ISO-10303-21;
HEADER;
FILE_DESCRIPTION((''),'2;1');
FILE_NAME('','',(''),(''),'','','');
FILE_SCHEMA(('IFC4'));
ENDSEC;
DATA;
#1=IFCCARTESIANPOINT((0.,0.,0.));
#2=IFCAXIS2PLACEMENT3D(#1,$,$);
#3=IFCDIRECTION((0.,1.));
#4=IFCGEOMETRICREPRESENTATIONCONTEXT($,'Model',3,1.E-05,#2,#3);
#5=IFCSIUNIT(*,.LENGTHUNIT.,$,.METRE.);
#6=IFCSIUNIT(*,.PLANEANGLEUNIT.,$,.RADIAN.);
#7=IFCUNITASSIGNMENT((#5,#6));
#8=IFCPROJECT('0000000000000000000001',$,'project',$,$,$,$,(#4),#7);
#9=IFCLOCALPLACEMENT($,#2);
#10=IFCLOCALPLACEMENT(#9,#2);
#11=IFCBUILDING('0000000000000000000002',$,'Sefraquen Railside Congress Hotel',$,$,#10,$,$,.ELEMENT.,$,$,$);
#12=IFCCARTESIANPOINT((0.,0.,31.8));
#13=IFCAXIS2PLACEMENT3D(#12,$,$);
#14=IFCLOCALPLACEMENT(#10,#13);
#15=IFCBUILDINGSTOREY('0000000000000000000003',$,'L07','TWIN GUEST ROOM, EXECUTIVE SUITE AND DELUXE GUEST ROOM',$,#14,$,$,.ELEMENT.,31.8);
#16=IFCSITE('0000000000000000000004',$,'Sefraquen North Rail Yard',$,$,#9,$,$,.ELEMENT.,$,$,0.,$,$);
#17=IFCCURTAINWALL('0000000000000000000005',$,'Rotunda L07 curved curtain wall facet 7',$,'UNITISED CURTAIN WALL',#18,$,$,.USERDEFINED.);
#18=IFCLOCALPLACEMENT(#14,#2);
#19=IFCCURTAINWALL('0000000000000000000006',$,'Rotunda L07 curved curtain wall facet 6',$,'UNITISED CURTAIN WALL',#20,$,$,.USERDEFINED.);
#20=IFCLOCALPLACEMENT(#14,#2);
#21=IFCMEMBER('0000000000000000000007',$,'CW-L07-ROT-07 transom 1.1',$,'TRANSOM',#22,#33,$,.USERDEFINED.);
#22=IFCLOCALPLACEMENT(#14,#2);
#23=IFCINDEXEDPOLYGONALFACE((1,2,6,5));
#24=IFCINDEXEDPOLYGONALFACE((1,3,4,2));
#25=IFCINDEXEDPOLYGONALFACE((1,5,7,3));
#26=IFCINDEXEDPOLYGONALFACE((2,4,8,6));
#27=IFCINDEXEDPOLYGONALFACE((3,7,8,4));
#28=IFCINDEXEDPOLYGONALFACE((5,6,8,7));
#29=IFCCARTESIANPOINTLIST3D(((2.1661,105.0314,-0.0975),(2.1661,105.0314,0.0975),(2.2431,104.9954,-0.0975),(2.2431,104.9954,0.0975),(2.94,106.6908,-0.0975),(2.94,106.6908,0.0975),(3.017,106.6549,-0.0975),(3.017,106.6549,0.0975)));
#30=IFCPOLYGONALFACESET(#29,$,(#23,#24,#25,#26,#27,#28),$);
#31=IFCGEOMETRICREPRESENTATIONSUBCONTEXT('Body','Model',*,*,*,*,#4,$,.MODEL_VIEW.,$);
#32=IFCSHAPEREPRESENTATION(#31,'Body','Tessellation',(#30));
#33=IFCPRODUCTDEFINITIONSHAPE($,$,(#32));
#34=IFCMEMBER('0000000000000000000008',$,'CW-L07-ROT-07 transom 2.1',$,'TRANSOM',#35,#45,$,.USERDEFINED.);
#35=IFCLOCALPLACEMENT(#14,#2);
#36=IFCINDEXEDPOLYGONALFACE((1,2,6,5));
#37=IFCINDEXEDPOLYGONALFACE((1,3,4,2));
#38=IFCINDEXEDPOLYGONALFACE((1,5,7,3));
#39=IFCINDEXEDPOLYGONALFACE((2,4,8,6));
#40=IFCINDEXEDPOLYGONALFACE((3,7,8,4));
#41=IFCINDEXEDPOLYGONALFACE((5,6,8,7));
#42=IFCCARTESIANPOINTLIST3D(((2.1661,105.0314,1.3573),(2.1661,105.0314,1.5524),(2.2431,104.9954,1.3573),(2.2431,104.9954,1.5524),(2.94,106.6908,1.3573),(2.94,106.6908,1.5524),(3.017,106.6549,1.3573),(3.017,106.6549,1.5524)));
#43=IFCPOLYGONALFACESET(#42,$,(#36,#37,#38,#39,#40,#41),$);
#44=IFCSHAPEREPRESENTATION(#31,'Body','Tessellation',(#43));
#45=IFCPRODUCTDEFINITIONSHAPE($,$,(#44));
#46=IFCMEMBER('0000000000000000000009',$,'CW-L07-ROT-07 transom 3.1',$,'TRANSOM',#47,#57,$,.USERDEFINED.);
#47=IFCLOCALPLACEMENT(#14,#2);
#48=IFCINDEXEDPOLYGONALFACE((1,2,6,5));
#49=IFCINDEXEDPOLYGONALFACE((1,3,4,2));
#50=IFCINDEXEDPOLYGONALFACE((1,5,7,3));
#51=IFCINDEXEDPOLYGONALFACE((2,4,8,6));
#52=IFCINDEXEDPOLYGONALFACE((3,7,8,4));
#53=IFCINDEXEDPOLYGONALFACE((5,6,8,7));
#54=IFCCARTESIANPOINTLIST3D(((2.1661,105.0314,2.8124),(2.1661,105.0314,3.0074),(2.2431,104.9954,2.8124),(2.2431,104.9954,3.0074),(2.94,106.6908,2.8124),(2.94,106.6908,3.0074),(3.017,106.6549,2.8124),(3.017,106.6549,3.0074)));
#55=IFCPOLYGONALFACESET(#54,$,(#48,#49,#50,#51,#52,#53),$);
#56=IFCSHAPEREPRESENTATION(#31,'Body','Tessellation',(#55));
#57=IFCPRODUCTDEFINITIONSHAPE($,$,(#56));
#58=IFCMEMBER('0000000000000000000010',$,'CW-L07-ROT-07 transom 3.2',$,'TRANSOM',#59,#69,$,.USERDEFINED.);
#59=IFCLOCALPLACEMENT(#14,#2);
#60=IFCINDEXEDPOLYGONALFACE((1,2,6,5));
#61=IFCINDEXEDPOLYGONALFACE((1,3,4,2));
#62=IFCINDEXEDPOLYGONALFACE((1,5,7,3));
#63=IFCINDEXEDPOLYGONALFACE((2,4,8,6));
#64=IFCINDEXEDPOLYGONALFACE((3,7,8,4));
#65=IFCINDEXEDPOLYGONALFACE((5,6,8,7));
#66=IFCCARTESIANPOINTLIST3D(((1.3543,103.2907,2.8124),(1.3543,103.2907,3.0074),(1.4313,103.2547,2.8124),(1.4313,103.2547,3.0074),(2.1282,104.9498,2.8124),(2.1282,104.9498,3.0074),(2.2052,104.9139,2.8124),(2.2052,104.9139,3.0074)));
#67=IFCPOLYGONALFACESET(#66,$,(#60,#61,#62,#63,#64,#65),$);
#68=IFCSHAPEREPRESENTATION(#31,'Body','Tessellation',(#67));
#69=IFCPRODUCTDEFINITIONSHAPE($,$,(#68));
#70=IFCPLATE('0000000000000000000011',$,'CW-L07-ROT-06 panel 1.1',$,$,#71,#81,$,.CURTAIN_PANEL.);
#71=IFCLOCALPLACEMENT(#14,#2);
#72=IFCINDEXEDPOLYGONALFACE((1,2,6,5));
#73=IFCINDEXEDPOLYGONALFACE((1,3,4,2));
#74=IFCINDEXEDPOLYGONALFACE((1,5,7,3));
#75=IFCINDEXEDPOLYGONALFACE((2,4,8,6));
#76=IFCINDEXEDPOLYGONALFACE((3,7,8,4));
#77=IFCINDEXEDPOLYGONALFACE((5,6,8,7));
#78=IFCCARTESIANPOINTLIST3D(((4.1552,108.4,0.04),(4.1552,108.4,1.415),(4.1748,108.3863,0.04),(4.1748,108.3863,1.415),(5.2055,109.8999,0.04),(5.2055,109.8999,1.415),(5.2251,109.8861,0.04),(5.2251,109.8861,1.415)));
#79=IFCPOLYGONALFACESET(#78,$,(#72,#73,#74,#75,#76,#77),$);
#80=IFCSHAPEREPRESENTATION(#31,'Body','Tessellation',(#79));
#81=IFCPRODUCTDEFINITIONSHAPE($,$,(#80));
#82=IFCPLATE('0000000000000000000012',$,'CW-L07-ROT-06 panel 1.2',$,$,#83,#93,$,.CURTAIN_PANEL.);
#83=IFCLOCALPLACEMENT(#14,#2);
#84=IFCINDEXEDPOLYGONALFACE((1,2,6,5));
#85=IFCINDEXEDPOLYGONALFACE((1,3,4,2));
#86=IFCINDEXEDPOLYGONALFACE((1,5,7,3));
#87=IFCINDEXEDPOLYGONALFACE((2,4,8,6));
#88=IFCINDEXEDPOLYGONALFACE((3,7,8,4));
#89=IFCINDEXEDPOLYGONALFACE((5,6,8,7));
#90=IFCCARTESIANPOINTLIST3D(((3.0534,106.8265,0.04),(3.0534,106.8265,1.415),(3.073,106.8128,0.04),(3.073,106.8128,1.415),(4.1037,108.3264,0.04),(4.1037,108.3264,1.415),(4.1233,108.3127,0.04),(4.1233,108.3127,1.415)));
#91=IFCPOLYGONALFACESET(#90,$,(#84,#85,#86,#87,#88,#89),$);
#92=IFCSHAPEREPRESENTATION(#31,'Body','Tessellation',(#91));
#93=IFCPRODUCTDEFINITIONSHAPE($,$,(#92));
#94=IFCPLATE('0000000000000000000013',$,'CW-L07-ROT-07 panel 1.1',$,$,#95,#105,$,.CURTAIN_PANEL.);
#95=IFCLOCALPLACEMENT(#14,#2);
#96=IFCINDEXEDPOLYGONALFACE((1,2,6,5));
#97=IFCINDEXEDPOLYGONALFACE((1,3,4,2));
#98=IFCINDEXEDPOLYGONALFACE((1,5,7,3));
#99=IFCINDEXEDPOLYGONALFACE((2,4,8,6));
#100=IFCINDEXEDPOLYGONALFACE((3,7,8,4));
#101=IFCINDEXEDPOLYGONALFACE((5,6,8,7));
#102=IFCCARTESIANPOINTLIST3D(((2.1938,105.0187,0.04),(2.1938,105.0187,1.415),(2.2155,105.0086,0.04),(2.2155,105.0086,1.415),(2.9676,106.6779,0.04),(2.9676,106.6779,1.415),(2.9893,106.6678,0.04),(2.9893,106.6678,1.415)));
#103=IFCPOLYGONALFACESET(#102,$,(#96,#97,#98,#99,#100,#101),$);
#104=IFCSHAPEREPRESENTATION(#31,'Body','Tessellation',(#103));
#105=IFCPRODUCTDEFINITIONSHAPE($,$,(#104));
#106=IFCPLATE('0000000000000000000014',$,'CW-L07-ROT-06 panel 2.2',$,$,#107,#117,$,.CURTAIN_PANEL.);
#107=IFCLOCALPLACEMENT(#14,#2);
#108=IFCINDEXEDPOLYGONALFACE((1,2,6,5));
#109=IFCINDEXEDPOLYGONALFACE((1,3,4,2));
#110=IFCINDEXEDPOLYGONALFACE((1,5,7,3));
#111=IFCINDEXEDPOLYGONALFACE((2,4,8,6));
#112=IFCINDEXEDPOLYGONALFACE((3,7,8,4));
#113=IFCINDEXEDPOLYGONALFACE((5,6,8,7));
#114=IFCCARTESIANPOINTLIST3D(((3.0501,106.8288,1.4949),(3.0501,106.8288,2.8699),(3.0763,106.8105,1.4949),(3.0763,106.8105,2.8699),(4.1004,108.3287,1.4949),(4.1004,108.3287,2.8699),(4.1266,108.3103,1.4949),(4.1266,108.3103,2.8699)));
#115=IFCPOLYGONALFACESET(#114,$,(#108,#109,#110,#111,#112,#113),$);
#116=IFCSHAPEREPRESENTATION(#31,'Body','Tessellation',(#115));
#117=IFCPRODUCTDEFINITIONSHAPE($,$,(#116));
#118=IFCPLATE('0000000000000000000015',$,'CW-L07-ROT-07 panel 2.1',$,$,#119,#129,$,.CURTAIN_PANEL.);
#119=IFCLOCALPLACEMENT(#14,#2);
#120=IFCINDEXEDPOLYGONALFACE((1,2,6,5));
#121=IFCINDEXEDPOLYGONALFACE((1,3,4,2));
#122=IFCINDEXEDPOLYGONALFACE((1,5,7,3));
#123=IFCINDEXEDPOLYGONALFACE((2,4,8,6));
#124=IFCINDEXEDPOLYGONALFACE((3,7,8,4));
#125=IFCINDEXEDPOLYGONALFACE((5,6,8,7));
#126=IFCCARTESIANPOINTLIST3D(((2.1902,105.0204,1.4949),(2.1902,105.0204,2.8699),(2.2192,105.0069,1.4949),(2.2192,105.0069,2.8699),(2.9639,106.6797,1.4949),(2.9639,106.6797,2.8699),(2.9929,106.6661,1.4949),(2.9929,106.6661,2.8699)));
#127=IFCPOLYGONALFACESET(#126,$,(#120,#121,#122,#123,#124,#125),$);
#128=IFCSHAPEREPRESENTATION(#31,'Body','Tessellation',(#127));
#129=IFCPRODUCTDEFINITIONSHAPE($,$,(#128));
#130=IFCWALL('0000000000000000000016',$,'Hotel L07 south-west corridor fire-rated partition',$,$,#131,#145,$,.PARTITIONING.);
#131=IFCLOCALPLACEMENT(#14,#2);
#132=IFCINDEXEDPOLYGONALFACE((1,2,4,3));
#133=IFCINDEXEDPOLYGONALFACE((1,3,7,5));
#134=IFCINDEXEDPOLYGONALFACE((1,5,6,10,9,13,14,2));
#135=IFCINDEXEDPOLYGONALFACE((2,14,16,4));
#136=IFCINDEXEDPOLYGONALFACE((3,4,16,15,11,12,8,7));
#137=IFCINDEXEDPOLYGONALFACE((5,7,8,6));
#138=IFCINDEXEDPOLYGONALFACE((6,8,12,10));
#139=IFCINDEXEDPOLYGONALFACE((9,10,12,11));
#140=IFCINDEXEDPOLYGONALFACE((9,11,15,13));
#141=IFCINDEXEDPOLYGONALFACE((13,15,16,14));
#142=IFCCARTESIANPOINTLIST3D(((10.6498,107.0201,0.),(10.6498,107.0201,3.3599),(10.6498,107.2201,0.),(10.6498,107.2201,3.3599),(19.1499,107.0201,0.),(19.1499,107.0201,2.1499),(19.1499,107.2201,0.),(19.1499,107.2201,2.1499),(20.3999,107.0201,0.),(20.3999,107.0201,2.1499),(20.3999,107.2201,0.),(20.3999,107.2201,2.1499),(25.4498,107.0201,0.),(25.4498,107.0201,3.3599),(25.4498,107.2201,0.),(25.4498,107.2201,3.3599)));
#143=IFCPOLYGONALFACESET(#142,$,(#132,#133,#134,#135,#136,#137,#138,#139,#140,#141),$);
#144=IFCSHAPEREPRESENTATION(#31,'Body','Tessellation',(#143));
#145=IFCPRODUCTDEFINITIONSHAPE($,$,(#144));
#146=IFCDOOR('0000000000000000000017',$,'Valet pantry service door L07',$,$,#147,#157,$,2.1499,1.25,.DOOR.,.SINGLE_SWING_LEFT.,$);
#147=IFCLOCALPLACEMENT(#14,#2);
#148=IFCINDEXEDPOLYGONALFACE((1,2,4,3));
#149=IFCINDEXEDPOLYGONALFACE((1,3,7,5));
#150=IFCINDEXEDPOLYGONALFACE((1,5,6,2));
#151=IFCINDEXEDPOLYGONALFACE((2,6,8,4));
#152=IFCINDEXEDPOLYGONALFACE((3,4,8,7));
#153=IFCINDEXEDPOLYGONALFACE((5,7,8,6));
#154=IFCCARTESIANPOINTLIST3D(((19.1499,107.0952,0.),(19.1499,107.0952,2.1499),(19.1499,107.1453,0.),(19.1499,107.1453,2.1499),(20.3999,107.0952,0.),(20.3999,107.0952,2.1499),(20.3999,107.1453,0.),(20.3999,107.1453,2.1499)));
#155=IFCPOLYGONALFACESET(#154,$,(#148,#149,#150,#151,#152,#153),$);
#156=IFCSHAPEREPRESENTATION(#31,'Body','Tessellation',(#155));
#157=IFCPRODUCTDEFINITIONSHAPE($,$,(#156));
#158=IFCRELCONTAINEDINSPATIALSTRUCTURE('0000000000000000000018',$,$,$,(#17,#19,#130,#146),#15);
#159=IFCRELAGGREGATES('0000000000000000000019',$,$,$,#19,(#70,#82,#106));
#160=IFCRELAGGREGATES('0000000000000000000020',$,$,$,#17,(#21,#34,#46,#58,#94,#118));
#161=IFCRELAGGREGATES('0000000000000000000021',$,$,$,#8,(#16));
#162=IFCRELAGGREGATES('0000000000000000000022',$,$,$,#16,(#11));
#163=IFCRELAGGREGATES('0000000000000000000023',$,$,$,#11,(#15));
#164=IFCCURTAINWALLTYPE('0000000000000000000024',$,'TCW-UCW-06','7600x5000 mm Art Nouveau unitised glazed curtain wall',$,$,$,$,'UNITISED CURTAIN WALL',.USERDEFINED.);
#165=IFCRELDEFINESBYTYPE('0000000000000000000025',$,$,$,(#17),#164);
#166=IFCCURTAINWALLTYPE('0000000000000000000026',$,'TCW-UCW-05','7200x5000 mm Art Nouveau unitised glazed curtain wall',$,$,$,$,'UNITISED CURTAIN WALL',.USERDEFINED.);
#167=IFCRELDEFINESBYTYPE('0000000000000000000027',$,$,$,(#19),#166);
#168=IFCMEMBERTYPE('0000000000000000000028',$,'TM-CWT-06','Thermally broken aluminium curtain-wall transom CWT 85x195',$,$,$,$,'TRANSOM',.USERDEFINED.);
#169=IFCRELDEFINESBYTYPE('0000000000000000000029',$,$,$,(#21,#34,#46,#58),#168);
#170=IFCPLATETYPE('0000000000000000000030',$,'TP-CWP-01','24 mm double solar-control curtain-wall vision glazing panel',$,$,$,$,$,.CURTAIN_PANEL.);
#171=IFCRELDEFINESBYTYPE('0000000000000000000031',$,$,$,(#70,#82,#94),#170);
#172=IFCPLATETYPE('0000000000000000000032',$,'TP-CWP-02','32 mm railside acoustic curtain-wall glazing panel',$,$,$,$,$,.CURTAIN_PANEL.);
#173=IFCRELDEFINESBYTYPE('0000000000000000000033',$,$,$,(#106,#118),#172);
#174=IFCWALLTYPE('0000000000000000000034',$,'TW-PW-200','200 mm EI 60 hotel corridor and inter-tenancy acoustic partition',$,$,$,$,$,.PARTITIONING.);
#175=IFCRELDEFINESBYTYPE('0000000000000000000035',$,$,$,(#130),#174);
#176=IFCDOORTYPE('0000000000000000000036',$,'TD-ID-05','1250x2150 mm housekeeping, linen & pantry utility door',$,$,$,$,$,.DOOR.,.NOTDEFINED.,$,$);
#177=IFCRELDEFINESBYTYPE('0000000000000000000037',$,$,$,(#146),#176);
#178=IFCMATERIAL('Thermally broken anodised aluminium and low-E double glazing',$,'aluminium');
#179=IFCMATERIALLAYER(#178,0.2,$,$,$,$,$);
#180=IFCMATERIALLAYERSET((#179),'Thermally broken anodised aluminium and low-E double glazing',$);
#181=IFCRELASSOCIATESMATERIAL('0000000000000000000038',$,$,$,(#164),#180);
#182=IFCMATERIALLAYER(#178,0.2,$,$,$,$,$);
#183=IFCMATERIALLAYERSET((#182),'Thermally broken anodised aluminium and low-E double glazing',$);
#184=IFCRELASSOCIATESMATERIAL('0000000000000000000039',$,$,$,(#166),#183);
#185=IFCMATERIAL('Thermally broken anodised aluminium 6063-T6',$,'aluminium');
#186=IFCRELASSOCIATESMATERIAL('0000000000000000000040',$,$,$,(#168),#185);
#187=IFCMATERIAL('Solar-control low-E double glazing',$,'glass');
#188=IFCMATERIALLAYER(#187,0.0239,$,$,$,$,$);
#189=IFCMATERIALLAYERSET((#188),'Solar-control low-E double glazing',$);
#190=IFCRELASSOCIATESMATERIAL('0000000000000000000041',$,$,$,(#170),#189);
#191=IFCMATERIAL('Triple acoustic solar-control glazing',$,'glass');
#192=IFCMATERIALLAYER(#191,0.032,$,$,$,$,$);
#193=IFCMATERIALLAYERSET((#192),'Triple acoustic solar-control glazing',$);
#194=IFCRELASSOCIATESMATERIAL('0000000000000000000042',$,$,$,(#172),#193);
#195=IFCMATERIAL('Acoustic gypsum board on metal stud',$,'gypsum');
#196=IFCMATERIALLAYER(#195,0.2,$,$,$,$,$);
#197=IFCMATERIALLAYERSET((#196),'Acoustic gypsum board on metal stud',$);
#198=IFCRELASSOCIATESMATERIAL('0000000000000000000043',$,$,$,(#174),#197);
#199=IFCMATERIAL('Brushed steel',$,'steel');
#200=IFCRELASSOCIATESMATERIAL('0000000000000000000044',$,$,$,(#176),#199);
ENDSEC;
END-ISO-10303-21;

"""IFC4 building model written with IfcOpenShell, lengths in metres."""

from ifc_helpers import new_model, si_unit, direction, frame, frame_2d, origin, origin_2d, place, context, subcontext, project, spatial, rectangle, extrude, material, layer, layer_set, material_profile, profile_set, type_object, element, fill, aggregate, save


model = new_model("IFC4")

# Units and contexts
model_context = context("Model", 3, precision=1e-05, world=origin(), true_north=direction((0.0, 1.0)))
body_context = subcontext(model_context, "Body", "Model", "MODEL_VIEW")
ifc_project = project(units=[si_unit("LENGTHUNIT", "METRE"), si_unit("PLANEANGLEUNIT", "RADIAN")], contexts=[model_context])

# Site, building, storey
site_placement = place(None, origin())
site = spatial("IfcSite", under=ifc_project, at=site_placement, Name="Sefraquen North Rail Yard", CompositionType="ELEMENT", RefElevation=0.0)
building_placement = place(site_placement, origin())
building = spatial("IfcBuilding", under=site, at=building_placement, Name="Sefraquen Railside Congress Hotel", CompositionType="ELEMENT")
storey_placement = place(building_placement, frame((0.0, 0.0, 31.8)))
storey = spatial("IfcBuildingStorey", under=building, at=storey_placement, Name="L07", Description="TWIN GUEST ROOM, EXECUTIVE SUITE AND DELUXE GUEST ROOM", CompositionType="ELEMENT", Elevation=31.8)

# Curtain wall
ifc_material_1 = material(Name="Thermally broken anodised aluminium and low-E double glazing", Category="aluminium")
ifc_layer_1 = layer(ifc_material_1, 0.2)
ifc_layer_set_1 = layer_set([ifc_layer_1], Name="Thermally broken anodised aluminium and low-E double glazing")
curtain_wall_type_1 = type_object("IfcCurtainWallType", Name="TCW-UCW-06", Description="7600x5000 mm Art Nouveau unitised glazed curtain wall", ElementType="UNITISED CURTAIN WALL", PredefinedType="USERDEFINED", material=ifc_layer_set_1)
curtain_wall_1_placement = place(storey_placement, origin())
curtain_wall_1 = element("IfcCurtainWall", 1, at=curtain_wall_1_placement, inside=storey, type_object=curtain_wall_type_1, Name="Rotunda L07 curved curtain wall facet 7", ObjectType="UNITISED CURTAIN WALL", PredefinedType="USERDEFINED")
ifc_material_2 = material(Name="Thermally broken anodised aluminium 6063-T6", Category="aluminium")

# Curtain wall
ifc_layer_2 = layer(ifc_material_1, 0.2)
ifc_layer_set_2 = layer_set([ifc_layer_2], Name="Thermally broken anodised aluminium and low-E double glazing")
curtain_wall_type_2 = type_object("IfcCurtainWallType", Name="TCW-UCW-05", Description="7200x5000 mm Art Nouveau unitised glazed curtain wall", ElementType="UNITISED CURTAIN WALL", PredefinedType="USERDEFINED", material=ifc_layer_set_2)
curtain_wall_2_placement = place(storey_placement, origin())
curtain_wall_2 = element("IfcCurtainWall", 2, at=curtain_wall_2_placement, inside=storey, type_object=curtain_wall_type_2, Name="Rotunda L07 curved curtain wall facet 6", ObjectType="UNITISED CURTAIN WALL", PredefinedType="USERDEFINED")

# Members
ifc_material_profile_1 = material_profile(ifc_material_2, rectangle(XDim=0.085, YDim=0.1951, at=origin_2d()), Name="CWT 85x195")
ifc_profile_set_1 = profile_set([ifc_material_profile_1], Name="Thermally broken anodised aluminium 6063-T6")
member_type_1 = type_object("IfcMemberType", Name="TM-CWT-06", Description="Thermally broken aluminium curtain-wall transom CWT 85x195", ElementType="TRANSOM", PredefinedType="USERDEFINED", material=ifc_profile_set_1)
member_1_placement = place(storey_placement, frame((2.9785, 106.6729, 0.0), z_axis=(-0.422674, -0.906282, 0.0), x_axis=(0.906282, -0.422674, 0.0)))
member_1 = element("IfcMember", 3, at=member_1_placement, type_object=member_type_1, Name="CW-L07-ROT-07 transom 1.1", ObjectType="TRANSOM", PredefinedType="USERDEFINED", context=body_context, shape_type="SweptSolid", body=[
    extrude(rectangle(XDim=0.085, YDim=0.1951, at=origin_2d()), origin(), (0.0, 0.0, 1.0), 1.8311),
])
member_2_placement = place(storey_placement, frame((2.9785, 106.6729, 1.4548), z_axis=(-0.422674, -0.906282, 0.0), x_axis=(0.906282, -0.422674, 0.0)))
member_2 = element("IfcMember", 4, at=member_2_placement, type_object=member_type_1, Name="CW-L07-ROT-07 transom 2.1", ObjectType="TRANSOM", PredefinedType="USERDEFINED", context=body_context, shape_type="SweptSolid", body=[
    extrude(rectangle(XDim=0.085, YDim=0.1951, at=origin_2d()), origin(), (0.0, 0.0, 1.0), 1.8311),
])
member_3_placement = place(storey_placement, frame((2.9785, 106.6729, 2.9099), z_axis=(-0.422674, -0.906282, 0.0), x_axis=(0.906282, -0.422674, 0.0)))
member_3 = element("IfcMember", 5, at=member_3_placement, type_object=member_type_1, Name="CW-L07-ROT-07 transom 3.1", ObjectType="TRANSOM", PredefinedType="USERDEFINED", context=body_context, shape_type="SweptSolid", body=[
    extrude(rectangle(XDim=0.085, YDim=0.1951, at=origin_2d()), origin(), (0.0, 0.0, 1.0), 1.8311),
])
member_4_placement = place(storey_placement, frame((2.1667, 104.9319, 2.9099), z_axis=(-0.422725, -0.906258, 0.0), x_axis=(0.906258, -0.422725, 0.0)))
member_4 = element("IfcMember", 6, at=member_4_placement, type_object=member_type_1, Name="CW-L07-ROT-07 transom 3.2", ObjectType="TRANSOM", PredefinedType="USERDEFINED", context=body_context, shape_type="SweptSolid", body=[
    extrude(rectangle(XDim=0.085, YDim=0.1951, at=origin_2d()), origin(), (0.0, 0.0, 1.0), 1.8308),
])

# Plates
ifc_material_3 = material(Name="Solar-control low-E double glazing", Category="glass")
ifc_layer_3 = layer(ifc_material_3, 0.0239)
ifc_layer_set_3 = layer_set([ifc_layer_3], Name="Solar-control low-E double glazing")
plate_type_1 = type_object("IfcPlateType", Name="TP-CWP-01", Description="24 mm double solar-control curtain-wall vision glazing panel", PredefinedType="CURTAIN_PANEL", material=ifc_layer_set_3)
plate_1_placement = place(storey_placement, frame((4.6902, 109.1431, 0.04), z_axis=(0.0, 0.0, 1.0), x_axis=(-0.573605, -0.819132, 0.0)))
plate_1 = element("IfcPlate", 7, at=plate_1_placement, type_object=plate_type_1, Name="CW-L07-ROT-06 panel 1.1", PredefinedType="CURTAIN_PANEL", context=body_context, shape_type="SweptSolid", body=[
    extrude(rectangle(XDim=1.8311, YDim=0.0239, at=origin_2d()), origin(), (0.0, 0.0, 1.0), 1.375),
])
plate_2_placement = place(storey_placement, frame((3.5884, 107.5696, 0.04), z_axis=(0.0, 0.0, 1.0), x_axis=(-0.573605, -0.819132, 0.0)))
plate_2 = element("IfcPlate", 8, at=plate_2_placement, type_object=plate_type_1, Name="CW-L07-ROT-06 panel 1.2", PredefinedType="CURTAIN_PANEL", context=body_context, shape_type="SweptSolid", body=[
    extrude(rectangle(XDim=1.8311, YDim=0.0239, at=origin_2d()), origin(), (0.0, 0.0, 1.0), 1.375),
])
plate_3_placement = place(storey_placement, frame((2.5916, 105.8433, 0.04), z_axis=(0.0, 0.0, 1.0), x_axis=(-0.422634, -0.9063, 0.0)))
plate_3 = element("IfcPlate", 9, at=plate_3_placement, type_object=plate_type_1, Name="CW-L07-ROT-07 panel 1.1", PredefinedType="CURTAIN_PANEL", context=body_context, shape_type="SweptSolid", body=[
    extrude(rectangle(XDim=1.8308, YDim=0.0239, at=origin_2d()), origin(), (0.0, 0.0, 1.0), 1.375),
])
ifc_material_4 = material(Name="Triple acoustic solar-control glazing", Category="glass")
ifc_layer_4 = layer(ifc_material_4, 0.032)
ifc_layer_set_4 = layer_set([ifc_layer_4], Name="Triple acoustic solar-control glazing")
plate_type_2 = type_object("IfcPlateType", Name="TP-CWP-02", Description="32 mm railside acoustic curtain-wall glazing panel", PredefinedType="CURTAIN_PANEL", material=ifc_layer_set_4)
plate_4_placement = place(storey_placement, frame((3.5884, 107.5696, 1.4949), z_axis=(0.0, 0.0, 1.0), x_axis=(-0.573605, -0.819132, 0.0)))
plate_4 = element("IfcPlate", 10, at=plate_4_placement, type_object=plate_type_2, Name="CW-L07-ROT-06 panel 2.2", PredefinedType="CURTAIN_PANEL", context=body_context, shape_type="SweptSolid", body=[
    extrude(rectangle(XDim=1.8311, YDim=0.032, at=origin_2d()), origin(), (0.0, 0.0, 1.0), 1.375),
])
aggregate(curtain_wall_2, [plate_1, plate_2, plate_4])
plate_5_placement = place(storey_placement, frame((2.5916, 105.8433, 1.4949), z_axis=(0.0, 0.0, 1.0), x_axis=(-0.422634, -0.9063, 0.0)))
plate_5 = element("IfcPlate", 11, at=plate_5_placement, type_object=plate_type_2, Name="CW-L07-ROT-07 panel 2.1", PredefinedType="CURTAIN_PANEL", context=body_context, shape_type="SweptSolid", body=[
    extrude(rectangle(XDim=1.8308, YDim=0.032, at=origin_2d()), origin(), (0.0, 0.0, 1.0), 1.375),
])
aggregate(curtain_wall_1, [member_1, member_2, member_3, member_4, plate_3, plate_5])

# Wall, opening, door
ifc_material_5 = material(Name="Acoustic gypsum board on metal stud", Category="gypsum")
ifc_layer_5 = layer(ifc_material_5, 0.2)
ifc_layer_set_5 = layer_set([ifc_layer_5], Name="Acoustic gypsum board on metal stud")
wall_type = type_object("IfcWallType", Name="TW-PW-200", Description="200 mm EI 60 hotel corridor and inter-tenancy acoustic partition", PredefinedType="PARTITIONING", material=ifc_layer_set_5)
wall_placement = place(storey_placement, frame((10.6499, 107.1201, 0.0), z_axis=(0.0, 0.0, 1.0), x_axis=(1.0, 0.0, 0.0)))
wall = element("IfcWall", 12, at=wall_placement, inside=storey, type_object=wall_type, Name="Hotel L07 south-west corridor fire-rated partition", PredefinedType="PARTITIONING", context=body_context, shape_type="SweptSolid", body=[
    extrude(rectangle(XDim=14.8, YDim=0.2, at=frame_2d((7.3999, 0.0))), origin(), (0.0, 0.0, 1.0), 3.3599),
])
opening_placement = place(wall_placement, frame((8.5, 0.0, 0.0)))
opening = element("IfcOpeningElement", 13, at=opening_placement, cuts=wall, PredefinedType="OPENING", context=body_context, shape_type="SweptSolid", body=[
    extrude(rectangle(XDim=1.25, YDim=2.1499, at=frame_2d((0.625, 1.075))), frame((0.0, 0.1099, 0.0), z_axis=(0.0, -1.0, 0.0), x_axis=(1.0, 0.0, 0.0)), (0.0, 0.0, 1.0), 0.22),
])
ifc_material_6 = material(Name="Brushed steel", Category="steel")
door_type = type_object("IfcDoorType", Name="TD-ID-05", Description="1250x2150 mm housekeeping, linen & pantry utility door", OperationType="NOTDEFINED", PredefinedType="DOOR", material=ifc_material_6)
door_placement = place(opening_placement, frame((1.25, 0.0, 0.0), z_axis=(0.0, 0.0, 1.0), x_axis=(-1.0, 0.0, 0.0)))
door = element("IfcDoor", 14, at=door_placement, inside=storey, type_object=door_type, Name="Valet pantry service door L07", OperationType="SINGLE_SWING_LEFT", OverallHeight=2.1499, OverallWidth=1.25, PredefinedType="DOOR", context=body_context, shape_type="SweptSolid", body=[
    extrude(rectangle(XDim=1.25, YDim=2.1499, at=frame_2d((0.625, 1.075))), frame((0.0, 0.0249, 0.0), z_axis=(0.0, -1.0, 0.0), x_axis=(1.0, 0.0, 0.0)), (0.0, 0.0, 1.0), 0.05),
])
fill(opening, door)

save(model, "model.ifc")
